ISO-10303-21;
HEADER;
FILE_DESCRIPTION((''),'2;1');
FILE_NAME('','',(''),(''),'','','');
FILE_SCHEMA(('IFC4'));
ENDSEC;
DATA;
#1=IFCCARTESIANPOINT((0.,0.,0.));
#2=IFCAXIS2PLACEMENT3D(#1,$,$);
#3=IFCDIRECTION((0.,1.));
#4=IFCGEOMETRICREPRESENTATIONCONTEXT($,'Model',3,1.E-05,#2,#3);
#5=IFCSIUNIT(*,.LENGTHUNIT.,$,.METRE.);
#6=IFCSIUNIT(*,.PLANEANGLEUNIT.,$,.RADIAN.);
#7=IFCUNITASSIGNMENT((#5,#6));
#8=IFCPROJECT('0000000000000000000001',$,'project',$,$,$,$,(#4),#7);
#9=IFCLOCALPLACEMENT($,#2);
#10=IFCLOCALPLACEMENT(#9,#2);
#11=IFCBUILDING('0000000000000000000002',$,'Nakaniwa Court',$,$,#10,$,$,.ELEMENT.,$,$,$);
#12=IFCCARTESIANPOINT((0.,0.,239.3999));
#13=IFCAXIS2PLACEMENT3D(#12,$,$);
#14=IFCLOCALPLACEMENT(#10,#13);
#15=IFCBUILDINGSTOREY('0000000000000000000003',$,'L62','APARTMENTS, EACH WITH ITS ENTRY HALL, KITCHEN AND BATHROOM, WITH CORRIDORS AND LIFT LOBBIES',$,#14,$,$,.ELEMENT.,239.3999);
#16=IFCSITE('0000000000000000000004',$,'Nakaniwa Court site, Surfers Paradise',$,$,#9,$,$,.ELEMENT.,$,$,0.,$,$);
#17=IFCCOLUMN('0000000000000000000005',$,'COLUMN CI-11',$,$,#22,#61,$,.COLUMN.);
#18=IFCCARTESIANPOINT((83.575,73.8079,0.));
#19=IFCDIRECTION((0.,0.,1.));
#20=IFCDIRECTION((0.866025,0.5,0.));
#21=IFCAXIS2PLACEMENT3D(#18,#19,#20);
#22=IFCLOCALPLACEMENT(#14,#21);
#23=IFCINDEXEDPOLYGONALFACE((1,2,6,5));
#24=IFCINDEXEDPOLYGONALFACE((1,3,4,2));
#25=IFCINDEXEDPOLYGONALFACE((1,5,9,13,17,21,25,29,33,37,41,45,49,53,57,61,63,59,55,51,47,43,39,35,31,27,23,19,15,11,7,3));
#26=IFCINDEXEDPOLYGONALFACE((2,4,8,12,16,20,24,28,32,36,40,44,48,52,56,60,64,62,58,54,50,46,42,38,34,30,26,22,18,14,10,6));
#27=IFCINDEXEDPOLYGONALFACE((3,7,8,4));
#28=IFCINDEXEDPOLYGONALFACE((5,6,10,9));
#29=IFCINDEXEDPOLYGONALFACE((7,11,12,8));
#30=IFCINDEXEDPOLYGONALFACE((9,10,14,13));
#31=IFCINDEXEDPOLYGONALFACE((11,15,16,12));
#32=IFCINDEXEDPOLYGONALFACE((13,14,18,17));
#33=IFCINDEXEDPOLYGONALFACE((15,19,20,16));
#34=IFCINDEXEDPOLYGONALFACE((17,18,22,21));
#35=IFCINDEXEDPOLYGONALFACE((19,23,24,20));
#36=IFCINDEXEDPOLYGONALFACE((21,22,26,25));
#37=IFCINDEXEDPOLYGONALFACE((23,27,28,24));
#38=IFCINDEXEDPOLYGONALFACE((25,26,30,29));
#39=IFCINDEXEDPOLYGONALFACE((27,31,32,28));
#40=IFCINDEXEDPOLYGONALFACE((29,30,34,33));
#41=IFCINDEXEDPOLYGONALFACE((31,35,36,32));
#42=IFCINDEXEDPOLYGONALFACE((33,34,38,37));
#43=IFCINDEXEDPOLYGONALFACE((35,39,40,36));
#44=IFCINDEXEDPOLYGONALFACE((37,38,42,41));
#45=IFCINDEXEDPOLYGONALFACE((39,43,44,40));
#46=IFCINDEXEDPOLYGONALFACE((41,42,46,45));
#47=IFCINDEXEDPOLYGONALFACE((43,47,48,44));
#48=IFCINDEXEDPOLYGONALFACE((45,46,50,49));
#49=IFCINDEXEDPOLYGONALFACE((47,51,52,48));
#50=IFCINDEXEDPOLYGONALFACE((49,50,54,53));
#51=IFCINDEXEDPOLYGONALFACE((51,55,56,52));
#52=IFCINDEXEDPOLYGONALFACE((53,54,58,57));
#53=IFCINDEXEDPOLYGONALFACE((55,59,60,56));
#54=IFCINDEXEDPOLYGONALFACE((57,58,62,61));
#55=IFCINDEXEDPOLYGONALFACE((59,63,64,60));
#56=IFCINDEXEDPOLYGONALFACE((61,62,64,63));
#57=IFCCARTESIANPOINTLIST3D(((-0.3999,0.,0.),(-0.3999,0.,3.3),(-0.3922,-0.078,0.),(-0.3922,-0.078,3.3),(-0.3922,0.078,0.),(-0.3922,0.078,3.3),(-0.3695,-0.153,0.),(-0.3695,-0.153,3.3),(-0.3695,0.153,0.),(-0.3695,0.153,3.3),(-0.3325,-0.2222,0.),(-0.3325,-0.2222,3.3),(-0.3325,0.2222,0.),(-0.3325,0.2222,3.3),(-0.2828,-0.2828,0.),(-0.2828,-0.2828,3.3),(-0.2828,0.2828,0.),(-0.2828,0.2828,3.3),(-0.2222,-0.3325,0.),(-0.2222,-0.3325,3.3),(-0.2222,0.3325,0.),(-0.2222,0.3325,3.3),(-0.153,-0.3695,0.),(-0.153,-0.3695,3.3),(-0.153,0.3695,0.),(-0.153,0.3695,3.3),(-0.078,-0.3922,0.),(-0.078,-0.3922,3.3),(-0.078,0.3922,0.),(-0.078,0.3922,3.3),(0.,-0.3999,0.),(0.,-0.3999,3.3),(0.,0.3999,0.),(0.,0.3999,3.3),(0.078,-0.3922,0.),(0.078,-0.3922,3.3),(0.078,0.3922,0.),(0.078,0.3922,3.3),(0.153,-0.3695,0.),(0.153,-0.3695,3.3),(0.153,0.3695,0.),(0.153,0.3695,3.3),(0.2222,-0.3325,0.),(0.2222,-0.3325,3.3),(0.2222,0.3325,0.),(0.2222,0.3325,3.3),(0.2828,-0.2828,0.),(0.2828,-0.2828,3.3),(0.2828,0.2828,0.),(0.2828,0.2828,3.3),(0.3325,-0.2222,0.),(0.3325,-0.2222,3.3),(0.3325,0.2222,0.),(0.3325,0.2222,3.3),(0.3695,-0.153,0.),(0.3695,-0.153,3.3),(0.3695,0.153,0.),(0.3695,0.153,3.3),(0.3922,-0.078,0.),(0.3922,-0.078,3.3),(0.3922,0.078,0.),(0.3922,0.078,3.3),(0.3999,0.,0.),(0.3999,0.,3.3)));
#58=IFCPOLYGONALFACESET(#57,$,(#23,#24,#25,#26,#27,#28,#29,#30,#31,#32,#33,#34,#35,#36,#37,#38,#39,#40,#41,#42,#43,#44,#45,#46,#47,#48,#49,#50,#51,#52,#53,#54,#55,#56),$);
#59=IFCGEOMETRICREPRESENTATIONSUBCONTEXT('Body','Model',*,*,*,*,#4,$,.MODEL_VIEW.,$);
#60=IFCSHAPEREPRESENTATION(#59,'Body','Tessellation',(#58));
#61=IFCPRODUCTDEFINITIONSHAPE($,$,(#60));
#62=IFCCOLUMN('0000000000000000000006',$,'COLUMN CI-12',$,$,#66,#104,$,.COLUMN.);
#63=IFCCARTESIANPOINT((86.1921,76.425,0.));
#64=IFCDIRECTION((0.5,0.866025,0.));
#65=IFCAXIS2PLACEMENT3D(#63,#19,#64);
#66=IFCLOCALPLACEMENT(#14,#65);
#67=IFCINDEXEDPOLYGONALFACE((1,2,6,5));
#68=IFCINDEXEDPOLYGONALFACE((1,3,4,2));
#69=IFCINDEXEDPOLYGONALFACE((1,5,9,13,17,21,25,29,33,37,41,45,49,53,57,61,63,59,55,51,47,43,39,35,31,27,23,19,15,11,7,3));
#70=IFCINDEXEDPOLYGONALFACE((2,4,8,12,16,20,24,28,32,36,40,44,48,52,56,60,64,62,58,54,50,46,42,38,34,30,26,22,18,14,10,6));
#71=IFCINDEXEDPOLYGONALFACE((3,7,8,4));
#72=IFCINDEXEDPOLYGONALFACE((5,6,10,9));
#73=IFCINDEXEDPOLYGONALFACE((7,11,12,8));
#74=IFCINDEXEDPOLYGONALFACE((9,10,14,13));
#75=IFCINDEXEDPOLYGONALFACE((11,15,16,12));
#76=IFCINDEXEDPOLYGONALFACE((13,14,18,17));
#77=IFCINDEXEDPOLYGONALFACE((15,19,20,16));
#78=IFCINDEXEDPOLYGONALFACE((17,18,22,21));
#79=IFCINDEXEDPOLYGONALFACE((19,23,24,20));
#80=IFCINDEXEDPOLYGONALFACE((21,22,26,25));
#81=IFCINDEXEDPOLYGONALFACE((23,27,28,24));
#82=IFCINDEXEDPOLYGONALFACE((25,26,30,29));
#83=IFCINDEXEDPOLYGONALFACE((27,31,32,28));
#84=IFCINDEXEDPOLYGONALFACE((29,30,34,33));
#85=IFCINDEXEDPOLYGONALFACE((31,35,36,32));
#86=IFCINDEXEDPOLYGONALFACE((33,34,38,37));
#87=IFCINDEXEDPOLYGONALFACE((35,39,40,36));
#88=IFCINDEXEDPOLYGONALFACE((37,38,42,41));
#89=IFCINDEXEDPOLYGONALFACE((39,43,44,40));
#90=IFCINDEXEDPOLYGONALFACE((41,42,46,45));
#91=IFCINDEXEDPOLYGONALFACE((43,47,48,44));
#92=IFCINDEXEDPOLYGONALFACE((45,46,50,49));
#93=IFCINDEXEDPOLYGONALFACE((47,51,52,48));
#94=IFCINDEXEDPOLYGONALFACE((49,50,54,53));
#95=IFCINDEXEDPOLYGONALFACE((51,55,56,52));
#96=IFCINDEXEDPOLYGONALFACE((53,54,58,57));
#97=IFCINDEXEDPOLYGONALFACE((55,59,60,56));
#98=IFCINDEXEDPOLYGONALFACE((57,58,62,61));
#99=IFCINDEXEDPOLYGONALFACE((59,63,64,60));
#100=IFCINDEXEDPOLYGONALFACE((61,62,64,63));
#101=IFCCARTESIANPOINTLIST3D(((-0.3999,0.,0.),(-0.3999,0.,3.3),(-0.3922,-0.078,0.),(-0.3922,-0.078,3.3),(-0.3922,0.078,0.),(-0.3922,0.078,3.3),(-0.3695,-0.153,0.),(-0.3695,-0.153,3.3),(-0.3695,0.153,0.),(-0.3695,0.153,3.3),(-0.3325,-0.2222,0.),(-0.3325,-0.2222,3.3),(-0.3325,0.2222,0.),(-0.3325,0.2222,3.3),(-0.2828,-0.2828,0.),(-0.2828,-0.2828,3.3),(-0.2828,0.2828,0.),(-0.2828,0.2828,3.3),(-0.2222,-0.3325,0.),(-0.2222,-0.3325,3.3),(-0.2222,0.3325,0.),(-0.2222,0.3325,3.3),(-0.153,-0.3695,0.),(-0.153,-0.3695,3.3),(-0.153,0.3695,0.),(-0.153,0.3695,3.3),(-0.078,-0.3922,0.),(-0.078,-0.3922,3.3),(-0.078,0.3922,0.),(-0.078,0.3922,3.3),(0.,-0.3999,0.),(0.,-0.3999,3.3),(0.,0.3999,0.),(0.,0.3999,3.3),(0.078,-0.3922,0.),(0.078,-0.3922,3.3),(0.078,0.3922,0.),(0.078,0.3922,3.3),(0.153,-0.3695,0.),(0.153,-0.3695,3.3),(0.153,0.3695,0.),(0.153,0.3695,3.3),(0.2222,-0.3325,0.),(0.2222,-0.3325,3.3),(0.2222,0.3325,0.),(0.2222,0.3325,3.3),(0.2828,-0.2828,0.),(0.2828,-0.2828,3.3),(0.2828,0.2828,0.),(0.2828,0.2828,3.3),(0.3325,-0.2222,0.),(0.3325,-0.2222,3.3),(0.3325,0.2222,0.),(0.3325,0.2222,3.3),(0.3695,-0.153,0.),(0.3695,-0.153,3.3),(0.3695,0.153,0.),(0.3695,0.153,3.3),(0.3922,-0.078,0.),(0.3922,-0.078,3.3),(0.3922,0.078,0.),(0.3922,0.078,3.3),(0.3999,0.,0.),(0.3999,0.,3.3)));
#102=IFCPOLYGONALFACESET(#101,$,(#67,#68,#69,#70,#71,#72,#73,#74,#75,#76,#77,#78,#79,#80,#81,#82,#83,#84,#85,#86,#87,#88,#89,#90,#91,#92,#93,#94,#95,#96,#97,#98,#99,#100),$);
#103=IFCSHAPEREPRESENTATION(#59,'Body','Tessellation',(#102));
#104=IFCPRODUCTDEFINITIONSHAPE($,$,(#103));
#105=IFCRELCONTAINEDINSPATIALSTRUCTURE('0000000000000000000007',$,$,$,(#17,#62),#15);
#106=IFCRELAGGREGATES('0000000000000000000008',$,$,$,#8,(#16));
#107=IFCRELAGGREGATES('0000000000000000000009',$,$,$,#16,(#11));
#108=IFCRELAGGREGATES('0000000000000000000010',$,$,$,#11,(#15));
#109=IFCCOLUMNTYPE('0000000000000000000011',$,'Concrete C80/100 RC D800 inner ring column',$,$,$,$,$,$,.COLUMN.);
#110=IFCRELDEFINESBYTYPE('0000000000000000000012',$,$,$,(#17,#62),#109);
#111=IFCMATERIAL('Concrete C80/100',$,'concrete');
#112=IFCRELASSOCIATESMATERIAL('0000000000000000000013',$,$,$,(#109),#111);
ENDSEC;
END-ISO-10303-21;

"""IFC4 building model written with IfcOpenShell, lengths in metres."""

from ifc_helpers import new_model, si_unit, direction, frame, origin, origin_2d, place, context, subcontext, project, spatial, circle, extrude, material, material_profile, profile_set, type_object, element, save


model = new_model("IFC4")

# Units and contexts
model_context = context("Model", 3, precision=1e-05, world=origin(), true_north=direction((0.0, 1.0)))
body_context = subcontext(model_context, "Body", "Model", "MODEL_VIEW")
ifc_project = project(units=[si_unit("LENGTHUNIT", "METRE"), si_unit("PLANEANGLEUNIT", "RADIAN")], contexts=[model_context])

# Site, building, storey
site_placement = place(None, origin())
site = spatial("IfcSite", under=ifc_project, at=site_placement, Name="Nakaniwa Court site, Surfers Paradise", CompositionType="ELEMENT", RefElevation=0.0)
building_placement = place(site_placement, origin())
building = spatial("IfcBuilding", under=site, at=building_placement, Name="Nakaniwa Court", CompositionType="ELEMENT")
storey_placement = place(building_placement, frame((0.0, 0.0, 239.3999)))
storey = spatial("IfcBuildingStorey", under=building, at=storey_placement, Name="L62", Description="APARTMENTS, EACH WITH ITS ENTRY HALL, KITCHEN AND BATHROOM, WITH CORRIDORS AND LIFT LOBBIES", CompositionType="ELEMENT", Elevation=239.3999)

# Columns
ifc_material_1 = material(Name="Concrete C80/100", Category="concrete")
ifc_material_profile_1 = material_profile(ifc_material_1, circle(Radius=0.3999, at=origin_2d()), Name="Concrete C80/100 RC D800 inner ring column")
ifc_profile_set_1 = profile_set([ifc_material_profile_1], Name="Concrete C80/100")
column_type = type_object("IfcColumnType", Name="Concrete C80/100 RC D800 inner ring column", PredefinedType="COLUMN", material=ifc_profile_set_1)
for number, where, z_axis, x_axis, name in (
    (1, (83.575, 73.8079, 0.0), (0.0, 0.0, 1.0), (0.866025, 0.5, 0.0), "COLUMN CI-11"),
    (2, (86.1921, 76.425, 0.0), (0.0, 0.0, 1.0), (0.5, 0.866025, 0.0), "COLUMN CI-12"),
):
    element("IfcColumn", number, at=place(storey_placement, frame(where, z_axis=z_axis, x_axis=x_axis)), inside=storey, type_object=column_type, Name=name, PredefinedType="COLUMN", context=body_context, shape_type="SweptSolid", body=[
        extrude(circle(Radius=0.3999, at=origin_2d()), origin(), (0.0, 0.0, 1.0), 3.3),
    ])

save(model, "model.ifc")
